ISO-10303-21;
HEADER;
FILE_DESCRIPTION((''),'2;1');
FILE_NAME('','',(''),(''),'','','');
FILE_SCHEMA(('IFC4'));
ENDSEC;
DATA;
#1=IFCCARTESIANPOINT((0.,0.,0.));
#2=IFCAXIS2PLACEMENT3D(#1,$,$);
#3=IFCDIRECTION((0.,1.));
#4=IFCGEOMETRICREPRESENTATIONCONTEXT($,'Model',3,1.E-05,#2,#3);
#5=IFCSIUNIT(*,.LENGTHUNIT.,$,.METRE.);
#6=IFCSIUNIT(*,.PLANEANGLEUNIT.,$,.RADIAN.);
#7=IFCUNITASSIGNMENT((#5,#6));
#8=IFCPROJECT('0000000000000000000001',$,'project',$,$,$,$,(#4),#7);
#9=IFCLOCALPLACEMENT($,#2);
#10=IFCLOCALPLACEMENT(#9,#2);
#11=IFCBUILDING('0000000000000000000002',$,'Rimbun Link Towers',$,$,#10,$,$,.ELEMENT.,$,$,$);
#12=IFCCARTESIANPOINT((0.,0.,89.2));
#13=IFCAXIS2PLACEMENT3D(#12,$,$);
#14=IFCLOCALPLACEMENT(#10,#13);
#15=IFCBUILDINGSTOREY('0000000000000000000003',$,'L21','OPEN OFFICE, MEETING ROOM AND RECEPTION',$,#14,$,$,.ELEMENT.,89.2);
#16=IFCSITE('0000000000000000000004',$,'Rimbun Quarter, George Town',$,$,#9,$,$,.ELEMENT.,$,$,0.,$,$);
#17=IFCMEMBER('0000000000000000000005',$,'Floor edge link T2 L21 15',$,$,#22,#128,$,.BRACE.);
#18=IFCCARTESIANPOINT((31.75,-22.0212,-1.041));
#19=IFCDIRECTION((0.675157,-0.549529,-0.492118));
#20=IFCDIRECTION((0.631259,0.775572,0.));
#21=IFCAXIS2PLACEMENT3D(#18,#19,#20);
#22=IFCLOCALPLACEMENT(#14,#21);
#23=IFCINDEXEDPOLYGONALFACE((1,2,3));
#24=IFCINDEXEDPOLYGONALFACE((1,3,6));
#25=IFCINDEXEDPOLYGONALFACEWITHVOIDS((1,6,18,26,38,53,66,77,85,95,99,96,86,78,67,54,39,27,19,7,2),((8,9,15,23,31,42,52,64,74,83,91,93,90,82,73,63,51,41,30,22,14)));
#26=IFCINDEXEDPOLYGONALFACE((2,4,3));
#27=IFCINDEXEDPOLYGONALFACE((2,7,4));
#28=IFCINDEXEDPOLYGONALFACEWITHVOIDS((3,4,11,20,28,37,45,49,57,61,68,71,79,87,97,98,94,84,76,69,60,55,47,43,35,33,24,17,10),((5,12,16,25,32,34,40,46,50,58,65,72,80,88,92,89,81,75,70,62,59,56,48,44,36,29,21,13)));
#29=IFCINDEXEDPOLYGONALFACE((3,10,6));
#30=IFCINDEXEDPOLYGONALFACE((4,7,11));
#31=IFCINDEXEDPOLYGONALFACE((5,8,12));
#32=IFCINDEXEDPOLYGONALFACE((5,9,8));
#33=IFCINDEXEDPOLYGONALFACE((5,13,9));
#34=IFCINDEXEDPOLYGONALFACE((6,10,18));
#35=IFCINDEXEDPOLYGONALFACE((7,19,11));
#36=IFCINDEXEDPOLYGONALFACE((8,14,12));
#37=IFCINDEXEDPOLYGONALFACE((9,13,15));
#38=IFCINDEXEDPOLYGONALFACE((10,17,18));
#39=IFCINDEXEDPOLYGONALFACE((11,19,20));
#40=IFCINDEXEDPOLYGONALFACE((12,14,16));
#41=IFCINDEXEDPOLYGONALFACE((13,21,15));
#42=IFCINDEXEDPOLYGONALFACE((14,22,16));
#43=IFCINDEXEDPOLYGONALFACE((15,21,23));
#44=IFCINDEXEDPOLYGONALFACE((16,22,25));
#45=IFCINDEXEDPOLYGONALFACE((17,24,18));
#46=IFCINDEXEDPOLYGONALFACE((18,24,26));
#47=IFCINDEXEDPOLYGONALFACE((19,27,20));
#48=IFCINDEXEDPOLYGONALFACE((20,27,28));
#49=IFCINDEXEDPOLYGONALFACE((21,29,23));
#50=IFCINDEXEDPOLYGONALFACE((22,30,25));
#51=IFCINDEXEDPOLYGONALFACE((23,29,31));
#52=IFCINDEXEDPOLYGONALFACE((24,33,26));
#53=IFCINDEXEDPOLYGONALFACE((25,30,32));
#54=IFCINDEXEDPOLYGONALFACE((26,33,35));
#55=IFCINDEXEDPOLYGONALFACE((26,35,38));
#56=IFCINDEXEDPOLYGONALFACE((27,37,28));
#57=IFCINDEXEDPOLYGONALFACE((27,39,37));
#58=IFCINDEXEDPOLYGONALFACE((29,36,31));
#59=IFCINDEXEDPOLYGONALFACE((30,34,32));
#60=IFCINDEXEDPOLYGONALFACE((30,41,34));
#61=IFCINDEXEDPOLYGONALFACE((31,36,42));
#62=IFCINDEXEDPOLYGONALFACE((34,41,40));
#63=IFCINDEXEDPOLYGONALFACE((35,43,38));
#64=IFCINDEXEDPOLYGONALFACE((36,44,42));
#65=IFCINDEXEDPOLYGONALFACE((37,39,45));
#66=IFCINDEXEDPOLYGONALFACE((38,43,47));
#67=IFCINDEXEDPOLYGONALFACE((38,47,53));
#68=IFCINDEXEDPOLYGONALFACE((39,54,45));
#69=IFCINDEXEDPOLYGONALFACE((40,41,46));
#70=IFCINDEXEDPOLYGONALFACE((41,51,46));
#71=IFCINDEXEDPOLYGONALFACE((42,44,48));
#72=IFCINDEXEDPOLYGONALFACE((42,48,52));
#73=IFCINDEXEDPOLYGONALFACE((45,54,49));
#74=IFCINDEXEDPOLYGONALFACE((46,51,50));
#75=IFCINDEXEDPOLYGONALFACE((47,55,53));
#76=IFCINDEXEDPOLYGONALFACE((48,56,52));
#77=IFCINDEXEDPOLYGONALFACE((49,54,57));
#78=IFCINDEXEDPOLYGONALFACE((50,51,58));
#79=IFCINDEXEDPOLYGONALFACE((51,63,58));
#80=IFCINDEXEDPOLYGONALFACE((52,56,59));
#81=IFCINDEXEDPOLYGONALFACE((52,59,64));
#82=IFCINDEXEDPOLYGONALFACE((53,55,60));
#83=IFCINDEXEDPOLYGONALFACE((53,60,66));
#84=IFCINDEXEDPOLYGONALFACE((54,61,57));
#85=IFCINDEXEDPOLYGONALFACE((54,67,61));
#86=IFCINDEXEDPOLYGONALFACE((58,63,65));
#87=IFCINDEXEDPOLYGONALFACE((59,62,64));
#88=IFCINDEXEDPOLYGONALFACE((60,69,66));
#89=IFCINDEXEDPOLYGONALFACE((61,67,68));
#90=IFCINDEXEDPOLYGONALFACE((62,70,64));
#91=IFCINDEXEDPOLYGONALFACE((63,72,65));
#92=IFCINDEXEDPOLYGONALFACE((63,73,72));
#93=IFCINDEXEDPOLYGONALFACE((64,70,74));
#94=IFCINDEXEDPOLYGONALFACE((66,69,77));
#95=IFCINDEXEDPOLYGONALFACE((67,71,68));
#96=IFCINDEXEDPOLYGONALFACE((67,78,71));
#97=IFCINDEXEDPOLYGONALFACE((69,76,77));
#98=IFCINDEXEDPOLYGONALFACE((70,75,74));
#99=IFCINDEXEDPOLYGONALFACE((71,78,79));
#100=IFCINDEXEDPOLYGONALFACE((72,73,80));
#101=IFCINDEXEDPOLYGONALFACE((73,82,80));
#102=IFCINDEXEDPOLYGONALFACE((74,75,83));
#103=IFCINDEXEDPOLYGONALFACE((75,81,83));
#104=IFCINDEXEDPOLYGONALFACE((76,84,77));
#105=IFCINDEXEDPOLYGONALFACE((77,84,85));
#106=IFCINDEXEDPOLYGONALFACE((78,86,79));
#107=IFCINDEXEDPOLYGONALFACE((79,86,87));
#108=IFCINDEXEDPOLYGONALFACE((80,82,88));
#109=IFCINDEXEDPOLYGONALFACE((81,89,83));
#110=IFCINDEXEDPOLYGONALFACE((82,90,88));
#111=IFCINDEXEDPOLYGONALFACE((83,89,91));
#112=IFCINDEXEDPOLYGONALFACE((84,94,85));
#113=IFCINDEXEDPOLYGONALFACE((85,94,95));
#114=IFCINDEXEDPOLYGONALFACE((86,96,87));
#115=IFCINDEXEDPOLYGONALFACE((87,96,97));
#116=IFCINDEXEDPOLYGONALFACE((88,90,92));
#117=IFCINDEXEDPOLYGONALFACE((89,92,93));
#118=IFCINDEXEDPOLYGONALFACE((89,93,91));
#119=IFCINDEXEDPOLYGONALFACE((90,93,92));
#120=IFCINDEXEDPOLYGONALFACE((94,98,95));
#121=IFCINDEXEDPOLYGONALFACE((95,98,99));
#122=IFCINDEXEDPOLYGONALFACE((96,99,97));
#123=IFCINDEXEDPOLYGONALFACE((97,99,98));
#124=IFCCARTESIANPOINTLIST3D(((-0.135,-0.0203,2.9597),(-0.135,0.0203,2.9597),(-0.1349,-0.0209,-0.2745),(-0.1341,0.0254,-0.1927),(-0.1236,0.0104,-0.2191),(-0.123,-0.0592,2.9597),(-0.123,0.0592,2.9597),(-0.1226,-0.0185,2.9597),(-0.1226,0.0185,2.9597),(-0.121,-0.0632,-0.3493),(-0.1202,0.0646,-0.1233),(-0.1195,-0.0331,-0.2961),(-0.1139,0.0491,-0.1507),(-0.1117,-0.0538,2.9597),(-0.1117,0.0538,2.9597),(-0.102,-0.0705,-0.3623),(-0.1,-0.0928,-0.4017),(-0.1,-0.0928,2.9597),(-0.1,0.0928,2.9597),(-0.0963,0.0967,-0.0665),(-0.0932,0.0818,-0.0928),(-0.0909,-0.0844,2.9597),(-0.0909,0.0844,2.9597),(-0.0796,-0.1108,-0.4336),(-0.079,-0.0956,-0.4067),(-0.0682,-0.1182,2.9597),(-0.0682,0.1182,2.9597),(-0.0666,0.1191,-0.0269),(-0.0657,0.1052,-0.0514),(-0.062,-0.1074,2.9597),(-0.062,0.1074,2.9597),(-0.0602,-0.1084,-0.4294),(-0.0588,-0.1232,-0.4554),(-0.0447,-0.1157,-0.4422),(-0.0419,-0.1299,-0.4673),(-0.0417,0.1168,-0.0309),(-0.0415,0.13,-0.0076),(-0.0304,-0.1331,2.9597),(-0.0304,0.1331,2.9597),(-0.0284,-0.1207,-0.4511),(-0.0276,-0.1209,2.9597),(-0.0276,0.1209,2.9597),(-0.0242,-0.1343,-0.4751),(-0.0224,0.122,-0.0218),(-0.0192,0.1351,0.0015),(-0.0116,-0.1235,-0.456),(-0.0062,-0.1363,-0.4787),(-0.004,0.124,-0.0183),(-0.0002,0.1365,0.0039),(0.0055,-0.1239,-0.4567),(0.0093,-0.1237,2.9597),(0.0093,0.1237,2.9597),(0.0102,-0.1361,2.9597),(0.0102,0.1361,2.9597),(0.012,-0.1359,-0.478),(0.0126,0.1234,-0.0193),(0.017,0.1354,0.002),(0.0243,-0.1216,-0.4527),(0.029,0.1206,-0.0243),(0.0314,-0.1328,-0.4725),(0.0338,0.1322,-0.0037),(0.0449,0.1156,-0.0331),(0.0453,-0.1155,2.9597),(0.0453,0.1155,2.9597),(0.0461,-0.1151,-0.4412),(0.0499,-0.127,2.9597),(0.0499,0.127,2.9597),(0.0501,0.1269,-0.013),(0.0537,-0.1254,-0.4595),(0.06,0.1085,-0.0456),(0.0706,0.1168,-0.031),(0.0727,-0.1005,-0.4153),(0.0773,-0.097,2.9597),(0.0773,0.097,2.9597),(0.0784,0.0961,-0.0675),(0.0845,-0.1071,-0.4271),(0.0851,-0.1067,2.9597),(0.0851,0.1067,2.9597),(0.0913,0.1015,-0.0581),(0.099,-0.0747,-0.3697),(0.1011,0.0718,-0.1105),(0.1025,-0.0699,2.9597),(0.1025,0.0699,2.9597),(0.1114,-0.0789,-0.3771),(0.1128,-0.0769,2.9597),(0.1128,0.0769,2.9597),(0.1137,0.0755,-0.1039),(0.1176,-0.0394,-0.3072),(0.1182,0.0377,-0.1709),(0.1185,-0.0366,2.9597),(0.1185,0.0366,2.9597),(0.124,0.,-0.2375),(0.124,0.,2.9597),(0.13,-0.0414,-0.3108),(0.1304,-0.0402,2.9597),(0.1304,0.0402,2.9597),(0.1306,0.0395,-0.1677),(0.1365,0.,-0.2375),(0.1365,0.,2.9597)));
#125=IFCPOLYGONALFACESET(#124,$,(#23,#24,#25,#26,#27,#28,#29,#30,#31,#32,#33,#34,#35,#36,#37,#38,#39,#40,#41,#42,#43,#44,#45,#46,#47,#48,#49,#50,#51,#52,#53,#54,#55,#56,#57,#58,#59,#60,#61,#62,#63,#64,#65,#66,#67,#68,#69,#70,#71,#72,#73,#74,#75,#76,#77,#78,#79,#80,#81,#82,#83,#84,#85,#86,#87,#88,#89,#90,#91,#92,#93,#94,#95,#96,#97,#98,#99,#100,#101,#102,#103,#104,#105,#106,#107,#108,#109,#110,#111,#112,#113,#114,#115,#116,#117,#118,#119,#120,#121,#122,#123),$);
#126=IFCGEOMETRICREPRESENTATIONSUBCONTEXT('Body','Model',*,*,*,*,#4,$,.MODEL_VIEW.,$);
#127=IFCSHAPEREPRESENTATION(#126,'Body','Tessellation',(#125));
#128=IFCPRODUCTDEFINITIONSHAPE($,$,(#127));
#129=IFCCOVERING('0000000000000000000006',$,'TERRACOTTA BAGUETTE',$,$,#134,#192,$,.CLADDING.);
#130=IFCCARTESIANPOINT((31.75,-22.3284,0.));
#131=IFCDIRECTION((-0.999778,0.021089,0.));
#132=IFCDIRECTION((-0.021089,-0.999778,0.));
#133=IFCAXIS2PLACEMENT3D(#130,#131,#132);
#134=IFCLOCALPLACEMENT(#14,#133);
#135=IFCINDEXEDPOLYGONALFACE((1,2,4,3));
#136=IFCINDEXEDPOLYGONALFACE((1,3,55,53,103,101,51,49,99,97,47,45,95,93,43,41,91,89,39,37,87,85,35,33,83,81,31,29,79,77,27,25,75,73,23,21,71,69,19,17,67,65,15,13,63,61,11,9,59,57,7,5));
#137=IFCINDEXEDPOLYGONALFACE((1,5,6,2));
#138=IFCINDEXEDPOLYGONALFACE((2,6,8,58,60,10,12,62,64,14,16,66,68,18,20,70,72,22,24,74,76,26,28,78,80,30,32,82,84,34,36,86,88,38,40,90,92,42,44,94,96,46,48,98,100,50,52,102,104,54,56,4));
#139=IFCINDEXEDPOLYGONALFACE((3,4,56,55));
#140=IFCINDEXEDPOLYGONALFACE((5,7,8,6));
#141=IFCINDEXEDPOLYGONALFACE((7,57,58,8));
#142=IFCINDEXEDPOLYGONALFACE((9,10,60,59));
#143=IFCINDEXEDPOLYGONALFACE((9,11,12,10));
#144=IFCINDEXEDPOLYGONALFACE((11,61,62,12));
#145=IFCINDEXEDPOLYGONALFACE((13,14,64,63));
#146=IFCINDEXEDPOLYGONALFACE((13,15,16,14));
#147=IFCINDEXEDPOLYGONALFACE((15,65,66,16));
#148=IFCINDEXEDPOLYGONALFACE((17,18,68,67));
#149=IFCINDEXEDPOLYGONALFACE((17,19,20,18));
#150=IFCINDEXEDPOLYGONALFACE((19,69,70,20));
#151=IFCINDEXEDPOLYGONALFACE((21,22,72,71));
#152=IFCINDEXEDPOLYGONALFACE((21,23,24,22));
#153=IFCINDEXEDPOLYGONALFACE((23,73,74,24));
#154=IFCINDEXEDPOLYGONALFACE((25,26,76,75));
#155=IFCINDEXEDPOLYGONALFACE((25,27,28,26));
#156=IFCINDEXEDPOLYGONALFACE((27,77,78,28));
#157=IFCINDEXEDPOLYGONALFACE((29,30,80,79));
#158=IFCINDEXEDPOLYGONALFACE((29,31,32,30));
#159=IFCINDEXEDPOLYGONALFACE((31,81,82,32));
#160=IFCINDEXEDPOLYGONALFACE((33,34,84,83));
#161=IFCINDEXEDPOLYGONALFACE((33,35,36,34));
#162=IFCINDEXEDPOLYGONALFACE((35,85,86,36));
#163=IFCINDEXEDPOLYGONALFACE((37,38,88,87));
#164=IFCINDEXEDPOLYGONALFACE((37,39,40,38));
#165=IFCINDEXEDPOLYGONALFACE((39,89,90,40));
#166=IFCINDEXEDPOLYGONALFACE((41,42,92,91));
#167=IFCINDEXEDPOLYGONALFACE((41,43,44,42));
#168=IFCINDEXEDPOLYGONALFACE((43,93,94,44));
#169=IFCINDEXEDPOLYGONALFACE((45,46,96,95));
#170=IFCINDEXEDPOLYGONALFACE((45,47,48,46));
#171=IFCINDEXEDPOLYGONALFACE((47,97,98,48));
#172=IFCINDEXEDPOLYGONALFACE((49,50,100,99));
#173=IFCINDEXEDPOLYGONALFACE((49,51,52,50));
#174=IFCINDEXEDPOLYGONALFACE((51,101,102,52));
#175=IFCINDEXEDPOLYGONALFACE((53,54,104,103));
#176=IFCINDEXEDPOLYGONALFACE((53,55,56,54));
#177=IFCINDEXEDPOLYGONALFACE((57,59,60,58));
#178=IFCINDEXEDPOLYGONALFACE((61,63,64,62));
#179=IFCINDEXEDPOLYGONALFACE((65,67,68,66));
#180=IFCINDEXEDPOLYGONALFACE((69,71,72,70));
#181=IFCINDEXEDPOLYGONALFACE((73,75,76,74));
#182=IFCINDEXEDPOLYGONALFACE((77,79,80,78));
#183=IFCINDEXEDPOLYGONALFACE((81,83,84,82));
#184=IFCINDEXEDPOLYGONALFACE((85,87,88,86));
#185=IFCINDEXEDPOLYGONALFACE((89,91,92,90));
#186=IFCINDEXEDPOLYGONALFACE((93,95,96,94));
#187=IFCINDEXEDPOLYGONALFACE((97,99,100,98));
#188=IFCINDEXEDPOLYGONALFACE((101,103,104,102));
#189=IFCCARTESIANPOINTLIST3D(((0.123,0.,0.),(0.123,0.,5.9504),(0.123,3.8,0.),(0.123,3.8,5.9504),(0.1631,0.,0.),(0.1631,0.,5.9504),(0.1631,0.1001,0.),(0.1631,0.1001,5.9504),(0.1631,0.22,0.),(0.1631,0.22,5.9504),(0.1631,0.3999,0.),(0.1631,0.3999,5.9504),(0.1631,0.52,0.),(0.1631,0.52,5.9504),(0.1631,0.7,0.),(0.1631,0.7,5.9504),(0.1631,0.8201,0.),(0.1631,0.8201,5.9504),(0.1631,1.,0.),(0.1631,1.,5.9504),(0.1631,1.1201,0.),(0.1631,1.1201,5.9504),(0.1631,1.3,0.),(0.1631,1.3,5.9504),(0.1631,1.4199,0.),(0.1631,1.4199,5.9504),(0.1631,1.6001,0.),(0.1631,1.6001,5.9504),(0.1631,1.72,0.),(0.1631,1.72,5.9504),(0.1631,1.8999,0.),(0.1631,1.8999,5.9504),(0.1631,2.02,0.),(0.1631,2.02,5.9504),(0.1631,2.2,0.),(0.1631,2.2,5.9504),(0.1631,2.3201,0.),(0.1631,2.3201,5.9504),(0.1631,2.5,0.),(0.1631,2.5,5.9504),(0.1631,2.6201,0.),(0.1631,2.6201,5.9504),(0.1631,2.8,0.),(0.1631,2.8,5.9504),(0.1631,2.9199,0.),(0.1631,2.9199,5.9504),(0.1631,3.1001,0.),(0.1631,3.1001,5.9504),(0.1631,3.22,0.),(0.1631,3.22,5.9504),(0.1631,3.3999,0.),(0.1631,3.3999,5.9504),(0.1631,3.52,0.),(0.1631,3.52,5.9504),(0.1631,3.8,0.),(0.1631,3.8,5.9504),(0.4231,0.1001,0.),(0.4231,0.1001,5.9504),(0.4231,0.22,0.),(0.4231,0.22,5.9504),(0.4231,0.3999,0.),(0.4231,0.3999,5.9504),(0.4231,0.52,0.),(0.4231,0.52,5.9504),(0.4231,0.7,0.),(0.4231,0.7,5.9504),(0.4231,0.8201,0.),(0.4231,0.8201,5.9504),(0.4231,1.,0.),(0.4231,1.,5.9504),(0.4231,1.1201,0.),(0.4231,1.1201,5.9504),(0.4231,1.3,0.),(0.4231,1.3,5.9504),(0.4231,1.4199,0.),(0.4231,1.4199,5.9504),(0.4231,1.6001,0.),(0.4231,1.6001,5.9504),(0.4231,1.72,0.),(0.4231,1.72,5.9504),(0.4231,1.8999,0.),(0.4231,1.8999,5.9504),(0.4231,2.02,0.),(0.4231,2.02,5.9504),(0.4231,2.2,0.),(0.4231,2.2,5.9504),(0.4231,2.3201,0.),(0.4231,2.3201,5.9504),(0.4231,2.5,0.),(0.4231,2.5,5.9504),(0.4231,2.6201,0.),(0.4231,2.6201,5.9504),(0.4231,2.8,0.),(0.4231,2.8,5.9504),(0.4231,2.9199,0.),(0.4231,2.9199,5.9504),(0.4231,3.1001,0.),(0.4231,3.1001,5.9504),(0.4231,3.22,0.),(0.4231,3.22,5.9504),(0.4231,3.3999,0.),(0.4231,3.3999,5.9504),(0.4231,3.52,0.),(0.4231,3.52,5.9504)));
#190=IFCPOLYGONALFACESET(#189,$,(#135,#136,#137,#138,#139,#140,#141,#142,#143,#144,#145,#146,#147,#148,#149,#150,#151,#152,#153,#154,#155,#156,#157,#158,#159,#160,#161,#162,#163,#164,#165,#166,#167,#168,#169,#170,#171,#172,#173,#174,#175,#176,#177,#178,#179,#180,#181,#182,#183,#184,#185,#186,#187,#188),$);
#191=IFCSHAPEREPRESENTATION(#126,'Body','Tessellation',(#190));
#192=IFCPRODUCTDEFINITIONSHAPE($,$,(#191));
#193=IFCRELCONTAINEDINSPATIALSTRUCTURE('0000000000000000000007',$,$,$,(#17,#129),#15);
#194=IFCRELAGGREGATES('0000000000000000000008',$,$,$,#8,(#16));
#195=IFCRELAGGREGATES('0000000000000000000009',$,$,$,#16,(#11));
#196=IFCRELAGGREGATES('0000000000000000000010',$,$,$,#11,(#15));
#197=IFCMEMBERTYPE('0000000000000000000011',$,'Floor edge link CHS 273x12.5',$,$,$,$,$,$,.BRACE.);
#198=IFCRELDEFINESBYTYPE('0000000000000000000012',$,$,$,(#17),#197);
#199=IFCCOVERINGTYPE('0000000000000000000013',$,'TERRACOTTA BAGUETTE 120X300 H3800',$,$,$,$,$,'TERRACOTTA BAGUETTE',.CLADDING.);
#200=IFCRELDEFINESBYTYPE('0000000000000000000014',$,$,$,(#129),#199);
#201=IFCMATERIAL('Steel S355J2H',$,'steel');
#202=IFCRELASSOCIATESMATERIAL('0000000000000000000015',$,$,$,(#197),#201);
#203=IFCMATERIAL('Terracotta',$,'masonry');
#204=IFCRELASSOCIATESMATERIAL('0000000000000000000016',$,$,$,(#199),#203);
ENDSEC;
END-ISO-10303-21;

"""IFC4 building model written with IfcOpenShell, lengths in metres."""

from ifc_helpers import new_model, si_unit, direction, frame, origin, origin_2d, place, context, subcontext, project, spatial, polyline, hollow_circle, outline, extrude, clip, halfspace, material, material_profile, profile_set, type_object, element, save


model = new_model("IFC4")

# Units and contexts
model_context = context("Model", 3, precision=1e-05, world=origin(), true_north=direction((0.0, 1.0)))
body_context = subcontext(model_context, "Body", "Model", "MODEL_VIEW")
ifc_project = project(units=[si_unit("LENGTHUNIT", "METRE"), si_unit("PLANEANGLEUNIT", "RADIAN")], contexts=[model_context])

# Site, building, storey
site_placement = place(None, origin())
site = spatial("IfcSite", under=ifc_project, at=site_placement, Name="Rimbun Quarter, George Town", CompositionType="ELEMENT", RefElevation=0.0)
building_placement = place(site_placement, origin())
building = spatial("IfcBuilding", under=site, at=building_placement, Name="Rimbun Link Towers", CompositionType="ELEMENT")
storey_placement = place(building_placement, frame((0.0, 0.0, 89.2)))
storey = spatial("IfcBuildingStorey", under=building, at=storey_placement, Name="L21", Description="OPEN OFFICE, MEETING ROOM AND RECEPTION", CompositionType="ELEMENT", Elevation=89.2)

# Member
ifc_material_1 = material(Name="Steel S355J2H", Category="steel")
ifc_material_profile_1 = material_profile(ifc_material_1, hollow_circle(Radius=0.1365, WallThickness=0.0125, at=origin_2d()), Name="CHS 273x12.5")
ifc_profile_set_1 = profile_set([ifc_material_profile_1], Name="Steel S355J2H")
member_type_1 = type_object("IfcMemberType", Name="Floor edge link CHS 273x12.5", PredefinedType="BRACE", material=ifc_profile_set_1)
member_1_placement = place(storey_placement, frame((31.75, -22.0212, -1.041), z_axis=(0.675157, -0.549529, -0.492118), x_axis=(0.631259, 0.775572, 0.0)))
element("IfcMember", 1, at=member_1_placement, inside=storey, type_object=member_type_1, Name="Floor edge link T2 L21 15", PredefinedType="BRACE", context=body_context, shape_type="Clipping", body=[
    clip(extrude(hollow_circle(Radius=0.1365, WallThickness=0.0125, at=origin_2d()), frame((0.0, 0.0, -0.5034)), (0.0, 0.0, 1.0), 3.4631), halfspace(frame((0.0, 0.0, -0.2375), z_axis=(0.0, 0.870528, -0.492118)), False)),
])

# Covering
ifc_material_2 = material(Name="Terracotta", Category="masonry")
ifc_material_profile_2 = material_profile(ifc_material_2, outline(polyline([(0.123, 0.0), (0.1631, 0.0), (0.1631, 0.1001), (0.4231, 0.1001), (0.4231, 0.22), (0.1631, 0.22), (0.1631, 0.3999), (0.4231, 0.3999), (0.4231, 0.52), (0.1631, 0.52), (0.1631, 0.7), (0.4231, 0.7), (0.4231, 0.8201), (0.1631, 0.8201), (0.1631, 1.0), (0.4231, 1.0), (0.4231, 1.1201), (0.1631, 1.1201), (0.1631, 1.3), (0.4231, 1.3), (0.4231, 1.4199), (0.1631, 1.4199), (0.1631, 1.6001), (0.4231, 1.6001), (0.4231, 1.72), (0.1631, 1.72), (0.1631, 1.8999), (0.4231, 1.8999), (0.4231, 2.02), (0.1631, 2.02), (0.1631, 2.2), (0.4231, 2.2), (0.4231, 2.3201), (0.1631, 2.3201), (0.1631, 2.5), (0.4231, 2.5), (0.4231, 2.6201), (0.1631, 2.6201), (0.1631, 2.8), (0.4231, 2.8), (0.4231, 2.9199), (0.1631, 2.9199), (0.1631, 3.1001), (0.4231, 3.1001), (0.4231, 3.22), (0.1631, 3.22), (0.1631, 3.3999), (0.4231, 3.3999), (0.4231, 3.52), (0.1631, 3.52), (0.1631, 3.8), (0.123, 3.8), (0.123, 0.0)])), Name="BAGUETTE 120X300")
ifc_profile_set_2 = profile_set([ifc_material_profile_2], Name="Terracotta")
covering_type = type_object("IfcCoveringType", Name="TERRACOTTA BAGUETTE 120X300 H3800", ElementType="TERRACOTTA BAGUETTE", PredefinedType="CLADDING", material=ifc_profile_set_2)
covering_placement = place(storey_placement, frame((31.75, -22.3284, 0.0), z_axis=(-0.999778, 0.021089, 0.0), x_axis=(-0.021089, -0.999778, 0.0)))
element("IfcCovering", 2, at=covering_placement, inside=storey, type_object=covering_type, Name="TERRACOTTA BAGUETTE", PredefinedType="CLADDING", context=body_context, shape_type="SweptSolid", body=[
    extrude(outline(polyline([(0.123, 0.0), (0.1631, 0.0), (0.1631, 0.1001), (0.4231, 0.1001), (0.4231, 0.22), (0.1631, 0.22), (0.1631, 0.3999), (0.4231, 0.3999), (0.4231, 0.52), (0.1631, 0.52), (0.1631, 0.7), (0.4231, 0.7), (0.4231, 0.8201), (0.1631, 0.8201), (0.1631, 1.0), (0.4231, 1.0), (0.4231, 1.1201), (0.1631, 1.1201), (0.1631, 1.3), (0.4231, 1.3), (0.4231, 1.4199), (0.1631, 1.4199), (0.1631, 1.6001), (0.4231, 1.6001), (0.4231, 1.72), (0.1631, 1.72), (0.1631, 1.8999), (0.4231, 1.8999), (0.4231, 2.02), (0.1631, 2.02), (0.1631, 2.2), (0.4231, 2.2), (0.4231, 2.3201), (0.1631, 2.3201), (0.1631, 2.5), (0.4231, 2.5), (0.4231, 2.6201), (0.1631, 2.6201), (0.1631, 2.8), (0.4231, 2.8), (0.4231, 2.9199), (0.1631, 2.9199), (0.1631, 3.1001), (0.4231, 3.1001), (0.4231, 3.22), (0.1631, 3.22), (0.1631, 3.3999), (0.4231, 3.3999), (0.4231, 3.52), (0.1631, 3.52), (0.1631, 3.8), (0.123, 3.8), (0.123, 0.0)])), origin(), (0.0, 0.0, 1.0), 5.9504),
])

save(model, "model.ifc")
